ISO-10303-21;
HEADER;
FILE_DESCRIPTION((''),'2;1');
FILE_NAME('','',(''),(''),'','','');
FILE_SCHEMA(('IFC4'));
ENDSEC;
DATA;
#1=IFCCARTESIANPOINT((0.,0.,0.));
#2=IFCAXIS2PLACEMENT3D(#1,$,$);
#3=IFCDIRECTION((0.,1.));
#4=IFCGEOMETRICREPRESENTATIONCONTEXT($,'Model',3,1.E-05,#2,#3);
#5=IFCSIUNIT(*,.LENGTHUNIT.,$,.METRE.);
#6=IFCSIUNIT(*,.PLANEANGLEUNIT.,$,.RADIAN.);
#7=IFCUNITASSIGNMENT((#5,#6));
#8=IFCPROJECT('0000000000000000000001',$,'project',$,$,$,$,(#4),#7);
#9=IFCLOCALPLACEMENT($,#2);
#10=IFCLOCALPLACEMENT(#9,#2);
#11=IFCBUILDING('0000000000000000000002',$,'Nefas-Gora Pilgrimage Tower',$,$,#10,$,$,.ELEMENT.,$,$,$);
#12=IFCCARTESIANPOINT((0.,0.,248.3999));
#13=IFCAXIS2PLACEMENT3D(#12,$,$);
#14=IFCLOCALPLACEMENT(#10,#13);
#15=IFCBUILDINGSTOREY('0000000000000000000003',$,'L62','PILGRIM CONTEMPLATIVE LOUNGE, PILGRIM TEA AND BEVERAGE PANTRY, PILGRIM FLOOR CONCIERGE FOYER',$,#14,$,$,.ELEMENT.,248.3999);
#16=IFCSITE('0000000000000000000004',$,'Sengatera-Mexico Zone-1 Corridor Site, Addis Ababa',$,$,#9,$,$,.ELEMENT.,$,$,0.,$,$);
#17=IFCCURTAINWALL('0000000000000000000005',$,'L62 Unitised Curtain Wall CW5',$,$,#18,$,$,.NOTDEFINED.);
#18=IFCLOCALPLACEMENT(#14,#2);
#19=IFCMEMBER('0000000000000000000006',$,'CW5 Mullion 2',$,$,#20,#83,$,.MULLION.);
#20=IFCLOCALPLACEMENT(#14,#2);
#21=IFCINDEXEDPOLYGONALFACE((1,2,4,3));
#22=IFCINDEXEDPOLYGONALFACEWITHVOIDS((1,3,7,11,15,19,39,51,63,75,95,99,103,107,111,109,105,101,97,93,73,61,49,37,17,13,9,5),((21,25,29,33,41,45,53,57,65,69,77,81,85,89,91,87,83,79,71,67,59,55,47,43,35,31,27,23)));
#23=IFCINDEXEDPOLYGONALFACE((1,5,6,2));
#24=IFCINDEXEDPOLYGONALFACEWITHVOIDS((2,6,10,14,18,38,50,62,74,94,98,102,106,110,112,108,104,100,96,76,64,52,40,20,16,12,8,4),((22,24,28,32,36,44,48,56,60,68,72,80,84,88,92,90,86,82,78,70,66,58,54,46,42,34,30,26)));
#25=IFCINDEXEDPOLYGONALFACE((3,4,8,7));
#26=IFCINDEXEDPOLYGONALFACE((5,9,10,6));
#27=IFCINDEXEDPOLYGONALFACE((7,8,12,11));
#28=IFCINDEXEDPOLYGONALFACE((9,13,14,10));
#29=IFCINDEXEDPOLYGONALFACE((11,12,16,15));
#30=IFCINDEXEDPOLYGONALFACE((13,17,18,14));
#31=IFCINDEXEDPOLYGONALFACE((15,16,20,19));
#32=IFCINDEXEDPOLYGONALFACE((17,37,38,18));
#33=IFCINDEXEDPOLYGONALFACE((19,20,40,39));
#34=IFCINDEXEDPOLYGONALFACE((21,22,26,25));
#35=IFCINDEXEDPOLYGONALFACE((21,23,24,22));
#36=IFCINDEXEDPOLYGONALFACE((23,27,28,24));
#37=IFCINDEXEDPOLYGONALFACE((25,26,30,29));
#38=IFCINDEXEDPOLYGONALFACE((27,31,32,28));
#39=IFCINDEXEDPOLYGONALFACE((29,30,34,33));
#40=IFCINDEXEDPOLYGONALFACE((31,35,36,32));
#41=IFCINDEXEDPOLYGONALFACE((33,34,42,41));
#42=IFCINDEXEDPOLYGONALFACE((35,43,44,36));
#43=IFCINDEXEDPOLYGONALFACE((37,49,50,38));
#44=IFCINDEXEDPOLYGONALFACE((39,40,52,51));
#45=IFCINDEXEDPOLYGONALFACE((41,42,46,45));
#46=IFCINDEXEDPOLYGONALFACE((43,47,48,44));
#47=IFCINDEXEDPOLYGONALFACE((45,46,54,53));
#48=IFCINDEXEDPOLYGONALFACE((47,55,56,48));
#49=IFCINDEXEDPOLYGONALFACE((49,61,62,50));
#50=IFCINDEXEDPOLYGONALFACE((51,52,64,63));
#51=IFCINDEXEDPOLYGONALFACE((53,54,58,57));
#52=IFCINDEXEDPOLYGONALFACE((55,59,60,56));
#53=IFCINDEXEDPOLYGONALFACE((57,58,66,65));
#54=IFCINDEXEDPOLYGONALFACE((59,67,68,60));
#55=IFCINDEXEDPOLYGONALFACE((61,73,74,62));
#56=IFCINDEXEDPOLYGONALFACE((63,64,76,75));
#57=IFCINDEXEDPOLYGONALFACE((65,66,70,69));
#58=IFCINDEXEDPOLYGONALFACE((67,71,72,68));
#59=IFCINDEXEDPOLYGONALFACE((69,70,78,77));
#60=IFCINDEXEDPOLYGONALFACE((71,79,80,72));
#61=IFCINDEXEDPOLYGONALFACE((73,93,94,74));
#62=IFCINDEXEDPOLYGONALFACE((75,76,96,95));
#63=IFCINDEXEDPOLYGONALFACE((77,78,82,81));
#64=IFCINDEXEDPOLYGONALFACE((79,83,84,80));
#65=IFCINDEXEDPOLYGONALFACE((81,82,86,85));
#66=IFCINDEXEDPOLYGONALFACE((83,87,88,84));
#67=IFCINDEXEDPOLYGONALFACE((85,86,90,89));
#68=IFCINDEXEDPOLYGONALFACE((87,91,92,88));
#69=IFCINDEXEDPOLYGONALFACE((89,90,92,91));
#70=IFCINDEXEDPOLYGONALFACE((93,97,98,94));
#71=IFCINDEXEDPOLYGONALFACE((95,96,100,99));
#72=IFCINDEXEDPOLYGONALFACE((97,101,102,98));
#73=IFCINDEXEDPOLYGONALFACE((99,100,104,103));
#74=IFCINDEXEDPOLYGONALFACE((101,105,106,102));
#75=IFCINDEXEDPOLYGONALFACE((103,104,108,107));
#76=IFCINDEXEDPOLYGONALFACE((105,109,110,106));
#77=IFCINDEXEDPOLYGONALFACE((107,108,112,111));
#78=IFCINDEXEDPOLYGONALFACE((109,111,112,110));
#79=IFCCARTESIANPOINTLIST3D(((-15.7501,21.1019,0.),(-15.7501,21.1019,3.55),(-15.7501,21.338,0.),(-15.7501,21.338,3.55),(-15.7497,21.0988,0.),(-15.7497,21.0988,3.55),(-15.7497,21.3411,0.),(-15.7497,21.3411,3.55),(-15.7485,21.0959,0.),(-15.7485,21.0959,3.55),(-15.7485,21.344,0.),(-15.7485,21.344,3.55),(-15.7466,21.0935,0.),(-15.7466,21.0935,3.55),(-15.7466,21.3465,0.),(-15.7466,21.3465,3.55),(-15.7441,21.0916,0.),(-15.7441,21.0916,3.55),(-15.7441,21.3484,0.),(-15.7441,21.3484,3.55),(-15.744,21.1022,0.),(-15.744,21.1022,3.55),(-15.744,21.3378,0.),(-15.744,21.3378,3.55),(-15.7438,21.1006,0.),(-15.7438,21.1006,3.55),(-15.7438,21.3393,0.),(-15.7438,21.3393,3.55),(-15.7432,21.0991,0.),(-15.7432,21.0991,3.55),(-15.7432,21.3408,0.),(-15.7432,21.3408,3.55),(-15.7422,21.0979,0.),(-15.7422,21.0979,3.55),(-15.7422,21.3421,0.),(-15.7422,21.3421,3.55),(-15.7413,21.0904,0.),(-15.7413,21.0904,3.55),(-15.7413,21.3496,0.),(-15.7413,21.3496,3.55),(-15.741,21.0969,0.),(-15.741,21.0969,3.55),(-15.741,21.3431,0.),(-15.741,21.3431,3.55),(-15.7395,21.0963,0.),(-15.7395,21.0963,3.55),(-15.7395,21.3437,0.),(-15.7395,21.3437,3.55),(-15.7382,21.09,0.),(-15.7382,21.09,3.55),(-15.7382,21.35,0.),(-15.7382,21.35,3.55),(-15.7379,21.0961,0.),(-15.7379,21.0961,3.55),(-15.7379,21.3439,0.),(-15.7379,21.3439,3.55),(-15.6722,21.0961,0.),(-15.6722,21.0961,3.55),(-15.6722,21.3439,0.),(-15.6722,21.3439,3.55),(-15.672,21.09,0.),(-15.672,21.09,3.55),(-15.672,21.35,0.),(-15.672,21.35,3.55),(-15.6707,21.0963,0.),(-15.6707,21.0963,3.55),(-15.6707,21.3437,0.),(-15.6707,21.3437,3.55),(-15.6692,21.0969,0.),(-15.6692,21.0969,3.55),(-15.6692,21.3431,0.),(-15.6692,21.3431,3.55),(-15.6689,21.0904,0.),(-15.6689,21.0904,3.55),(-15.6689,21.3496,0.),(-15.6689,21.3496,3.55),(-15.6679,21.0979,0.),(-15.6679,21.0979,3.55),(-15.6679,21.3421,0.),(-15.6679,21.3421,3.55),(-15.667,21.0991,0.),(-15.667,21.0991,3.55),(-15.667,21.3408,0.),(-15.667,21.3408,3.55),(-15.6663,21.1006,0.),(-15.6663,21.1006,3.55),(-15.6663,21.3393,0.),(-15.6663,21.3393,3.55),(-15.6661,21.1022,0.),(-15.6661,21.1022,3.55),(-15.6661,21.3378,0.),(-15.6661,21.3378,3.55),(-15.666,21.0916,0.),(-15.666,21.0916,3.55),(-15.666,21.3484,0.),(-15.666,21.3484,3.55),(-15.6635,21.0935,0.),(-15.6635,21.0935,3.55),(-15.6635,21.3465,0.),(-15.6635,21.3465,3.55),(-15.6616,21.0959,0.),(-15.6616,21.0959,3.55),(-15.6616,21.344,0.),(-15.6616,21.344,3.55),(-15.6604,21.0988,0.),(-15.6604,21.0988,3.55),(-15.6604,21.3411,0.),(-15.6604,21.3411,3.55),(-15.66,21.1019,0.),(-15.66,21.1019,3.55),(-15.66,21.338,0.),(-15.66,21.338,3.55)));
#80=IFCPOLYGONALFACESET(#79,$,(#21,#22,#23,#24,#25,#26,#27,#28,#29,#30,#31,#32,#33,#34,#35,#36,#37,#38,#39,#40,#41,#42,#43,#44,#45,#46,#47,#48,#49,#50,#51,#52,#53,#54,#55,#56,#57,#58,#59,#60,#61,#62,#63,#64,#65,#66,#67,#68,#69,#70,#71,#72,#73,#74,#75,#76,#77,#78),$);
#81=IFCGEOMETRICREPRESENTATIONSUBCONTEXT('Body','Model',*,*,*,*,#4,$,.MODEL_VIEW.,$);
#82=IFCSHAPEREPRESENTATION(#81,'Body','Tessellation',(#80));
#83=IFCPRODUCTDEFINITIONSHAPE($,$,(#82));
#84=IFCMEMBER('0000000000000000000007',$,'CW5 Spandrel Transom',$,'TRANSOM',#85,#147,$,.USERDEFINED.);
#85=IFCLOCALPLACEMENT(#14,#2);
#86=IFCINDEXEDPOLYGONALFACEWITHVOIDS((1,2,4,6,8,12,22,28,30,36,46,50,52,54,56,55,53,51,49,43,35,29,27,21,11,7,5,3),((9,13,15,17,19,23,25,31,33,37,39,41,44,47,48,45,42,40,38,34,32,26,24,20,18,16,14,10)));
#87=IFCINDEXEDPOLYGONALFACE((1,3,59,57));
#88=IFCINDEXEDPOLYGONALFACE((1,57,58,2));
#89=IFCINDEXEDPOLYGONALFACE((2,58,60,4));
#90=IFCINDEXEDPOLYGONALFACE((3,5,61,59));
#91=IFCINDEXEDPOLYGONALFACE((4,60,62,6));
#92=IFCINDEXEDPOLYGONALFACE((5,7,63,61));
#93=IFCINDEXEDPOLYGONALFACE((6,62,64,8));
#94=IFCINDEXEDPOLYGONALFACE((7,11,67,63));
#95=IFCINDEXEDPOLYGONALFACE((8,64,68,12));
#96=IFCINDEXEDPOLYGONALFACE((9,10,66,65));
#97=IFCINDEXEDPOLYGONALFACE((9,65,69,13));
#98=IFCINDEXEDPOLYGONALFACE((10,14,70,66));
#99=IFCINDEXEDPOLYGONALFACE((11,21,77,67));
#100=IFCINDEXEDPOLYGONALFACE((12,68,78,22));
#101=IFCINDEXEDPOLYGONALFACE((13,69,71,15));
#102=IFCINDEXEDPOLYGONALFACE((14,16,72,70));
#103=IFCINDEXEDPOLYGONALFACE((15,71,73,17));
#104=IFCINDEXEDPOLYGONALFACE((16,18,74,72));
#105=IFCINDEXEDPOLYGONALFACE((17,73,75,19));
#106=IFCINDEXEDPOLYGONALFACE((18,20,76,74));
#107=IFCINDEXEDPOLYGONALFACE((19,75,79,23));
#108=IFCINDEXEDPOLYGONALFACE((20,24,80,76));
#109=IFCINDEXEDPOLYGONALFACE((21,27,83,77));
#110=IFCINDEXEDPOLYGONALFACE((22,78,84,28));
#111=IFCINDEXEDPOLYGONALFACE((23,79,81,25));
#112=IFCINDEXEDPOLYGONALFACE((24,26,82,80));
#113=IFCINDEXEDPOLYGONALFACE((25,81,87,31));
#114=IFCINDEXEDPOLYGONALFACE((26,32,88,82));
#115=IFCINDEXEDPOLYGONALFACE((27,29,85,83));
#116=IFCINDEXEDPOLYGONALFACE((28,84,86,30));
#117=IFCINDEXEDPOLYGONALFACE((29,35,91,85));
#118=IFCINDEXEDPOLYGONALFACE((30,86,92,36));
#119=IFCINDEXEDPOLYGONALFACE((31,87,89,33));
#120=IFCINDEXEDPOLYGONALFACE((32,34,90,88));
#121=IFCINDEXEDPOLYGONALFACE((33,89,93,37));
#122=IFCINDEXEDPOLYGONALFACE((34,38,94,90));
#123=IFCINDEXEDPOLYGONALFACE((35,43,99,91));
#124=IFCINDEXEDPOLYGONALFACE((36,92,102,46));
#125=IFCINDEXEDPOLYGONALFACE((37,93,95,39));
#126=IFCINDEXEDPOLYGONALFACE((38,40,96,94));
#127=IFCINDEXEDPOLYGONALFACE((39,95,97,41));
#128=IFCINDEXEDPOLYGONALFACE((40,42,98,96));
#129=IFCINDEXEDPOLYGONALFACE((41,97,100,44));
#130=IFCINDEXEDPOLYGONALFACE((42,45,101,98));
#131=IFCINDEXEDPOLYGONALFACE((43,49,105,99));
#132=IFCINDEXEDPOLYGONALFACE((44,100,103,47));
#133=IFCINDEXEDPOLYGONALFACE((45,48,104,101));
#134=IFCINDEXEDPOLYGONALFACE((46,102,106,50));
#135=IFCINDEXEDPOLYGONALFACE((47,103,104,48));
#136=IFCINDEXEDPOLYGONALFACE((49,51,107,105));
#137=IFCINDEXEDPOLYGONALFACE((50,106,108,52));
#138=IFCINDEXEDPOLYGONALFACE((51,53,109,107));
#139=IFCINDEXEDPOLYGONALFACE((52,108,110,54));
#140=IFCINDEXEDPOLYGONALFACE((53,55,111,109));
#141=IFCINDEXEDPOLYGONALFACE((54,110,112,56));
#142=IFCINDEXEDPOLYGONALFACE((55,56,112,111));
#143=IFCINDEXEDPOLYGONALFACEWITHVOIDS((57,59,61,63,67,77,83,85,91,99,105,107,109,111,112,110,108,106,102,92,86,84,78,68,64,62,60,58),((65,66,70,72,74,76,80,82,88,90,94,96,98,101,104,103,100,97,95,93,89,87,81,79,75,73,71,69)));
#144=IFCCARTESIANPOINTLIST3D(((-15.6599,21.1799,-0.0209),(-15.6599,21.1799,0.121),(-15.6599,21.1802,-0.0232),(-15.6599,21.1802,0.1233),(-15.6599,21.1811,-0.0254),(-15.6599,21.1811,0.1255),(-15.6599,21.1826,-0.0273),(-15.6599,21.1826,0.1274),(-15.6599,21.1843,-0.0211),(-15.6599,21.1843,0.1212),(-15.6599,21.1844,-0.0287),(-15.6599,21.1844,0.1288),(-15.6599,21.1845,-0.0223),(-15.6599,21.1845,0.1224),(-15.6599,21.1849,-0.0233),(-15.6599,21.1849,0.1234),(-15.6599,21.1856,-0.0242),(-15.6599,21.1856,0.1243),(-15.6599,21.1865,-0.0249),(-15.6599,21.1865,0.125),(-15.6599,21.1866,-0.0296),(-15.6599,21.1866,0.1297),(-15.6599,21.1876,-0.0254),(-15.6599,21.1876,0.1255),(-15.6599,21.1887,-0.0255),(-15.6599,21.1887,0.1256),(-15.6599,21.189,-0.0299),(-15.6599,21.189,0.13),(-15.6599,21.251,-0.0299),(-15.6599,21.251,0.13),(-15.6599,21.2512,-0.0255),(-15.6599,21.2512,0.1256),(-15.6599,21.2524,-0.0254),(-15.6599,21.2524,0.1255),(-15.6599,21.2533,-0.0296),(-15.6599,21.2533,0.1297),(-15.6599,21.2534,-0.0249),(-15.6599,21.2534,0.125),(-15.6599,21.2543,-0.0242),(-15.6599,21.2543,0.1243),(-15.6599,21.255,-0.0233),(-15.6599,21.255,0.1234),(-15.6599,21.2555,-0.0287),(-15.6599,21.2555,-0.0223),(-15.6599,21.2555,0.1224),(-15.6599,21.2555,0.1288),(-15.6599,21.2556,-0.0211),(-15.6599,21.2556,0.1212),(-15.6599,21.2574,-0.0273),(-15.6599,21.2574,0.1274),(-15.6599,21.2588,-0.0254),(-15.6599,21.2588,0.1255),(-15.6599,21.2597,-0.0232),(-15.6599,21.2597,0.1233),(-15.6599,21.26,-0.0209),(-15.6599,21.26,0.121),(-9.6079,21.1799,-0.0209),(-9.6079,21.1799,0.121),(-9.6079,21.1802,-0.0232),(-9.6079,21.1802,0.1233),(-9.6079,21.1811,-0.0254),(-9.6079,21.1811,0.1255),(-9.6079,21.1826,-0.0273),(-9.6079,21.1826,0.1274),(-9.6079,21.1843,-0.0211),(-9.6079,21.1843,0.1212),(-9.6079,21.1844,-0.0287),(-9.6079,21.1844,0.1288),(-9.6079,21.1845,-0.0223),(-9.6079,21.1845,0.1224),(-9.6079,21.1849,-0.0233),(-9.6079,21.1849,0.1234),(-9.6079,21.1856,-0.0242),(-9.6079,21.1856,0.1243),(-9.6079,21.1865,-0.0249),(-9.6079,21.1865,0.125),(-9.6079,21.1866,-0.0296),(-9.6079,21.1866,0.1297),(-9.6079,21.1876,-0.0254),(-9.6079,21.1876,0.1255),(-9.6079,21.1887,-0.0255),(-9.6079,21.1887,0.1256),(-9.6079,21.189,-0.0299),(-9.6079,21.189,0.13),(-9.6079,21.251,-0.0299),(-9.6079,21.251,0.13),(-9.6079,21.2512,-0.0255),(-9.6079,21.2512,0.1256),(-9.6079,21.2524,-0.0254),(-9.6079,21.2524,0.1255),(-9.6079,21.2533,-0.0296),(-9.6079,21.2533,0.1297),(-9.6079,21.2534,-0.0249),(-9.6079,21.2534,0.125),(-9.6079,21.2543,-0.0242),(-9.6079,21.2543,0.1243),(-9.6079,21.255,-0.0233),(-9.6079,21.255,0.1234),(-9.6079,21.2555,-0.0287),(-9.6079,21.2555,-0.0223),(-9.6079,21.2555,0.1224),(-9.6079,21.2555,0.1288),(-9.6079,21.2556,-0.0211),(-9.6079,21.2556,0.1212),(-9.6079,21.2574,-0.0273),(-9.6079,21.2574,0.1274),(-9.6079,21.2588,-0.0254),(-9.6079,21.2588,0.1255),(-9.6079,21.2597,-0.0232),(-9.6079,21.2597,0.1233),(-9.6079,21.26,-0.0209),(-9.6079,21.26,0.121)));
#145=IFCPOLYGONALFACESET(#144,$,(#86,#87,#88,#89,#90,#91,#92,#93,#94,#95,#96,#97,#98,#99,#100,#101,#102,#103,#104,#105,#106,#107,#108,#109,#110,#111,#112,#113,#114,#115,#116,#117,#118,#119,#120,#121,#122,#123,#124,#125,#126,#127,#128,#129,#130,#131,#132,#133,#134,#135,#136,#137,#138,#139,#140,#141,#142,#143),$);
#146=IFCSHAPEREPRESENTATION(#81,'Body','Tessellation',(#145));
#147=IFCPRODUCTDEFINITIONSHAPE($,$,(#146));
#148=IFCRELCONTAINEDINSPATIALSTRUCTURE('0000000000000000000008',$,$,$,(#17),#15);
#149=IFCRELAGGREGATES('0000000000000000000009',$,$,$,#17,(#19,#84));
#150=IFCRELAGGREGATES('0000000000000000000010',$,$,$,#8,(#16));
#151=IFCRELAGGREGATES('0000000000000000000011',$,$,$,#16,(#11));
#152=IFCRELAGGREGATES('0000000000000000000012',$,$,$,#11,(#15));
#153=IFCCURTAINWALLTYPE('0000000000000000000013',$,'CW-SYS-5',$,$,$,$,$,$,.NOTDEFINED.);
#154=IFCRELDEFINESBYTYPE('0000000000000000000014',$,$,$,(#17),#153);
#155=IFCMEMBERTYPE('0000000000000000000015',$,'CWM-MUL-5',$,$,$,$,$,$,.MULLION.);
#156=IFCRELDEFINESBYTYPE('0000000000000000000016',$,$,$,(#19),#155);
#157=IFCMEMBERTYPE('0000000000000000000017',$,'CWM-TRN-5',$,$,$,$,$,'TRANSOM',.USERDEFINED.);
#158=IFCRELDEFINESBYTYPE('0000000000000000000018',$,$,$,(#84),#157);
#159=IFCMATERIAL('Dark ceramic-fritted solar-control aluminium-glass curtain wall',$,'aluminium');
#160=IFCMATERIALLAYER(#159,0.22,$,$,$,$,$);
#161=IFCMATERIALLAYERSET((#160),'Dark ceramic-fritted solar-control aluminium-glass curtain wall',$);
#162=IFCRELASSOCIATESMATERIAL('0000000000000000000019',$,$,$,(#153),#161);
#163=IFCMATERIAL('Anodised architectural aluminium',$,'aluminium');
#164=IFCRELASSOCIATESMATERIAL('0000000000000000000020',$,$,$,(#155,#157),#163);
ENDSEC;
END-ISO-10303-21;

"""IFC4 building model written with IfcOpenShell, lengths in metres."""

from ifc_helpers import new_model, si_unit, direction, frame, origin, origin_2d, place, context, subcontext, project, spatial, hollow_rectangle, extrude, source, transform, mapped, material, layer, layer_set, material_profile, profile_set, type_object, element, aggregate, save


model = new_model("IFC4")

# Units and contexts
model_context = context("Model", 3, precision=1e-05, world=origin(), true_north=direction((0.0, 1.0)))
body_context = subcontext(model_context, "Body", "Model", "MODEL_VIEW")
ifc_project = project(units=[si_unit("LENGTHUNIT", "METRE"), si_unit("PLANEANGLEUNIT", "RADIAN")], contexts=[model_context])

# Site, building, storey
site_placement = place(None, origin())
site = spatial("IfcSite", under=ifc_project, at=site_placement, Name="Sengatera-Mexico Zone-1 Corridor Site, Addis Ababa", CompositionType="ELEMENT", RefElevation=0.0)
building_placement = place(site_placement, origin())
building = spatial("IfcBuilding", under=site, at=building_placement, Name="Nefas-Gora Pilgrimage Tower", CompositionType="ELEMENT")
storey_placement = place(building_placement, frame((0.0, 0.0, 248.3999)))
storey = spatial("IfcBuildingStorey", under=building, at=storey_placement, Name="L62", Description="PILGRIM CONTEMPLATIVE LOUNGE, PILGRIM TEA AND BEVERAGE PANTRY, PILGRIM FLOOR CONCIERGE FOYER", CompositionType="ELEMENT", Elevation=248.3999)

# Curtain wall, members
ifc_material_1 = material(Name="Dark ceramic-fritted solar-control aluminium-glass curtain wall", Category="aluminium")
ifc_layer_1 = layer(ifc_material_1, 0.22)
ifc_layer_set_1 = layer_set([ifc_layer_1], Name="Dark ceramic-fritted solar-control aluminium-glass curtain wall")
curtain_wall_type_1 = type_object("IfcCurtainWallType", Name="CW-SYS-5", PredefinedType="NOTDEFINED", material=ifc_layer_set_1)
curtain_wall_1_placement = place(storey_placement, origin())
curtain_wall_1 = element("IfcCurtainWall", 1, at=curtain_wall_1_placement, inside=storey, type_object=curtain_wall_type_1, Name="L62 Unitised Curtain Wall CW5", PredefinedType="NOTDEFINED")
ifc_material_2 = material(Name="Anodised architectural aluminium", Category="aluminium")
ifc_material_profile_1 = material_profile(ifc_material_2, hollow_rectangle(XDim=0.0901, YDim=0.26, WallThickness=0.0061, InnerFilletRadius=0.0061, OuterFilletRadius=0.012, at=origin_2d()), Name="ALU MULLION 90x260")
ifc_profile_set_1 = profile_set([ifc_material_profile_1], Name="Anodised architectural aluminium")
member_type_1 = type_object("IfcMemberType", Name="CWM-MUL-5", PredefinedType="MULLION", material=ifc_profile_set_1)
shared_shape_1 = source(origin(), body_context, "Body", "SweptSolid", [
    extrude(hollow_rectangle(XDim=0.0901, YDim=0.26, WallThickness=0.0061, InnerFilletRadius=0.0061, OuterFilletRadius=0.012, at=origin_2d()), origin(), (0.0, 0.0, 1.0), 3.55),
])
member_1_placement = place(storey_placement, frame((-15.7051, 21.22, 0.0), z_axis=(0.0, 0.0, 1.0), x_axis=(-1.0, 0.0, 0.0)))
member_1 = element("IfcMember", 2, at=member_1_placement, type_object=member_type_1, Name="CW5 Mullion 2", PredefinedType="MULLION", context=body_context, shape_type="MappedRepresentation", body=[
    mapped(shared_shape_1, transform((0.0, 0.0, 0.0), x_axis=(1.0, 0.0, 0.0), y_axis=(0.0, 1.0, 0.0), z_axis=(0.0, 0.0, 1.0), scale=1.0)),
])
ifc_material_profile_2 = material_profile(ifc_material_2, hollow_rectangle(XDim=0.0801, YDim=0.1599, WallThickness=0.0044, InnerFilletRadius=0.0044, OuterFilletRadius=0.009, at=origin_2d()), Name="ALU TRANSOM 80x160")
ifc_profile_set_2 = profile_set([ifc_material_profile_2], Name="Anodised architectural aluminium")
member_type_2 = type_object("IfcMemberType", Name="CWM-TRN-5", ElementType="TRANSOM", PredefinedType="USERDEFINED", material=ifc_profile_set_2)
shared_shape_2 = source(origin(), body_context, "Body", "SweptSolid", [
    extrude(hollow_rectangle(XDim=0.0801, YDim=0.1599, WallThickness=0.0044, InnerFilletRadius=0.0044, OuterFilletRadius=0.009, at=origin_2d()), origin(), (0.0, 0.0, 1.0), 6.052),
])
member_2_placement = place(storey_placement, frame((-9.6079, 21.22, 0.05), z_axis=(-1.0, 0.0, 0.0), x_axis=(0.0, -1.0, 0.0)))
member_2 = element("IfcMember", 3, at=member_2_placement, type_object=member_type_2, Name="CW5 Spandrel Transom", ObjectType="TRANSOM", PredefinedType="USERDEFINED", context=body_context, shape_type="MappedRepresentation", body=[
    mapped(shared_shape_2, transform((0.0, 0.0, 0.0), x_axis=(1.0, 0.0, 0.0), y_axis=(0.0, 1.0, 0.0), z_axis=(0.0, 0.0, 1.0), scale=1.0)),
])

aggregate(curtain_wall_1, [member_1, member_2])

save(model, "model.ifc")
